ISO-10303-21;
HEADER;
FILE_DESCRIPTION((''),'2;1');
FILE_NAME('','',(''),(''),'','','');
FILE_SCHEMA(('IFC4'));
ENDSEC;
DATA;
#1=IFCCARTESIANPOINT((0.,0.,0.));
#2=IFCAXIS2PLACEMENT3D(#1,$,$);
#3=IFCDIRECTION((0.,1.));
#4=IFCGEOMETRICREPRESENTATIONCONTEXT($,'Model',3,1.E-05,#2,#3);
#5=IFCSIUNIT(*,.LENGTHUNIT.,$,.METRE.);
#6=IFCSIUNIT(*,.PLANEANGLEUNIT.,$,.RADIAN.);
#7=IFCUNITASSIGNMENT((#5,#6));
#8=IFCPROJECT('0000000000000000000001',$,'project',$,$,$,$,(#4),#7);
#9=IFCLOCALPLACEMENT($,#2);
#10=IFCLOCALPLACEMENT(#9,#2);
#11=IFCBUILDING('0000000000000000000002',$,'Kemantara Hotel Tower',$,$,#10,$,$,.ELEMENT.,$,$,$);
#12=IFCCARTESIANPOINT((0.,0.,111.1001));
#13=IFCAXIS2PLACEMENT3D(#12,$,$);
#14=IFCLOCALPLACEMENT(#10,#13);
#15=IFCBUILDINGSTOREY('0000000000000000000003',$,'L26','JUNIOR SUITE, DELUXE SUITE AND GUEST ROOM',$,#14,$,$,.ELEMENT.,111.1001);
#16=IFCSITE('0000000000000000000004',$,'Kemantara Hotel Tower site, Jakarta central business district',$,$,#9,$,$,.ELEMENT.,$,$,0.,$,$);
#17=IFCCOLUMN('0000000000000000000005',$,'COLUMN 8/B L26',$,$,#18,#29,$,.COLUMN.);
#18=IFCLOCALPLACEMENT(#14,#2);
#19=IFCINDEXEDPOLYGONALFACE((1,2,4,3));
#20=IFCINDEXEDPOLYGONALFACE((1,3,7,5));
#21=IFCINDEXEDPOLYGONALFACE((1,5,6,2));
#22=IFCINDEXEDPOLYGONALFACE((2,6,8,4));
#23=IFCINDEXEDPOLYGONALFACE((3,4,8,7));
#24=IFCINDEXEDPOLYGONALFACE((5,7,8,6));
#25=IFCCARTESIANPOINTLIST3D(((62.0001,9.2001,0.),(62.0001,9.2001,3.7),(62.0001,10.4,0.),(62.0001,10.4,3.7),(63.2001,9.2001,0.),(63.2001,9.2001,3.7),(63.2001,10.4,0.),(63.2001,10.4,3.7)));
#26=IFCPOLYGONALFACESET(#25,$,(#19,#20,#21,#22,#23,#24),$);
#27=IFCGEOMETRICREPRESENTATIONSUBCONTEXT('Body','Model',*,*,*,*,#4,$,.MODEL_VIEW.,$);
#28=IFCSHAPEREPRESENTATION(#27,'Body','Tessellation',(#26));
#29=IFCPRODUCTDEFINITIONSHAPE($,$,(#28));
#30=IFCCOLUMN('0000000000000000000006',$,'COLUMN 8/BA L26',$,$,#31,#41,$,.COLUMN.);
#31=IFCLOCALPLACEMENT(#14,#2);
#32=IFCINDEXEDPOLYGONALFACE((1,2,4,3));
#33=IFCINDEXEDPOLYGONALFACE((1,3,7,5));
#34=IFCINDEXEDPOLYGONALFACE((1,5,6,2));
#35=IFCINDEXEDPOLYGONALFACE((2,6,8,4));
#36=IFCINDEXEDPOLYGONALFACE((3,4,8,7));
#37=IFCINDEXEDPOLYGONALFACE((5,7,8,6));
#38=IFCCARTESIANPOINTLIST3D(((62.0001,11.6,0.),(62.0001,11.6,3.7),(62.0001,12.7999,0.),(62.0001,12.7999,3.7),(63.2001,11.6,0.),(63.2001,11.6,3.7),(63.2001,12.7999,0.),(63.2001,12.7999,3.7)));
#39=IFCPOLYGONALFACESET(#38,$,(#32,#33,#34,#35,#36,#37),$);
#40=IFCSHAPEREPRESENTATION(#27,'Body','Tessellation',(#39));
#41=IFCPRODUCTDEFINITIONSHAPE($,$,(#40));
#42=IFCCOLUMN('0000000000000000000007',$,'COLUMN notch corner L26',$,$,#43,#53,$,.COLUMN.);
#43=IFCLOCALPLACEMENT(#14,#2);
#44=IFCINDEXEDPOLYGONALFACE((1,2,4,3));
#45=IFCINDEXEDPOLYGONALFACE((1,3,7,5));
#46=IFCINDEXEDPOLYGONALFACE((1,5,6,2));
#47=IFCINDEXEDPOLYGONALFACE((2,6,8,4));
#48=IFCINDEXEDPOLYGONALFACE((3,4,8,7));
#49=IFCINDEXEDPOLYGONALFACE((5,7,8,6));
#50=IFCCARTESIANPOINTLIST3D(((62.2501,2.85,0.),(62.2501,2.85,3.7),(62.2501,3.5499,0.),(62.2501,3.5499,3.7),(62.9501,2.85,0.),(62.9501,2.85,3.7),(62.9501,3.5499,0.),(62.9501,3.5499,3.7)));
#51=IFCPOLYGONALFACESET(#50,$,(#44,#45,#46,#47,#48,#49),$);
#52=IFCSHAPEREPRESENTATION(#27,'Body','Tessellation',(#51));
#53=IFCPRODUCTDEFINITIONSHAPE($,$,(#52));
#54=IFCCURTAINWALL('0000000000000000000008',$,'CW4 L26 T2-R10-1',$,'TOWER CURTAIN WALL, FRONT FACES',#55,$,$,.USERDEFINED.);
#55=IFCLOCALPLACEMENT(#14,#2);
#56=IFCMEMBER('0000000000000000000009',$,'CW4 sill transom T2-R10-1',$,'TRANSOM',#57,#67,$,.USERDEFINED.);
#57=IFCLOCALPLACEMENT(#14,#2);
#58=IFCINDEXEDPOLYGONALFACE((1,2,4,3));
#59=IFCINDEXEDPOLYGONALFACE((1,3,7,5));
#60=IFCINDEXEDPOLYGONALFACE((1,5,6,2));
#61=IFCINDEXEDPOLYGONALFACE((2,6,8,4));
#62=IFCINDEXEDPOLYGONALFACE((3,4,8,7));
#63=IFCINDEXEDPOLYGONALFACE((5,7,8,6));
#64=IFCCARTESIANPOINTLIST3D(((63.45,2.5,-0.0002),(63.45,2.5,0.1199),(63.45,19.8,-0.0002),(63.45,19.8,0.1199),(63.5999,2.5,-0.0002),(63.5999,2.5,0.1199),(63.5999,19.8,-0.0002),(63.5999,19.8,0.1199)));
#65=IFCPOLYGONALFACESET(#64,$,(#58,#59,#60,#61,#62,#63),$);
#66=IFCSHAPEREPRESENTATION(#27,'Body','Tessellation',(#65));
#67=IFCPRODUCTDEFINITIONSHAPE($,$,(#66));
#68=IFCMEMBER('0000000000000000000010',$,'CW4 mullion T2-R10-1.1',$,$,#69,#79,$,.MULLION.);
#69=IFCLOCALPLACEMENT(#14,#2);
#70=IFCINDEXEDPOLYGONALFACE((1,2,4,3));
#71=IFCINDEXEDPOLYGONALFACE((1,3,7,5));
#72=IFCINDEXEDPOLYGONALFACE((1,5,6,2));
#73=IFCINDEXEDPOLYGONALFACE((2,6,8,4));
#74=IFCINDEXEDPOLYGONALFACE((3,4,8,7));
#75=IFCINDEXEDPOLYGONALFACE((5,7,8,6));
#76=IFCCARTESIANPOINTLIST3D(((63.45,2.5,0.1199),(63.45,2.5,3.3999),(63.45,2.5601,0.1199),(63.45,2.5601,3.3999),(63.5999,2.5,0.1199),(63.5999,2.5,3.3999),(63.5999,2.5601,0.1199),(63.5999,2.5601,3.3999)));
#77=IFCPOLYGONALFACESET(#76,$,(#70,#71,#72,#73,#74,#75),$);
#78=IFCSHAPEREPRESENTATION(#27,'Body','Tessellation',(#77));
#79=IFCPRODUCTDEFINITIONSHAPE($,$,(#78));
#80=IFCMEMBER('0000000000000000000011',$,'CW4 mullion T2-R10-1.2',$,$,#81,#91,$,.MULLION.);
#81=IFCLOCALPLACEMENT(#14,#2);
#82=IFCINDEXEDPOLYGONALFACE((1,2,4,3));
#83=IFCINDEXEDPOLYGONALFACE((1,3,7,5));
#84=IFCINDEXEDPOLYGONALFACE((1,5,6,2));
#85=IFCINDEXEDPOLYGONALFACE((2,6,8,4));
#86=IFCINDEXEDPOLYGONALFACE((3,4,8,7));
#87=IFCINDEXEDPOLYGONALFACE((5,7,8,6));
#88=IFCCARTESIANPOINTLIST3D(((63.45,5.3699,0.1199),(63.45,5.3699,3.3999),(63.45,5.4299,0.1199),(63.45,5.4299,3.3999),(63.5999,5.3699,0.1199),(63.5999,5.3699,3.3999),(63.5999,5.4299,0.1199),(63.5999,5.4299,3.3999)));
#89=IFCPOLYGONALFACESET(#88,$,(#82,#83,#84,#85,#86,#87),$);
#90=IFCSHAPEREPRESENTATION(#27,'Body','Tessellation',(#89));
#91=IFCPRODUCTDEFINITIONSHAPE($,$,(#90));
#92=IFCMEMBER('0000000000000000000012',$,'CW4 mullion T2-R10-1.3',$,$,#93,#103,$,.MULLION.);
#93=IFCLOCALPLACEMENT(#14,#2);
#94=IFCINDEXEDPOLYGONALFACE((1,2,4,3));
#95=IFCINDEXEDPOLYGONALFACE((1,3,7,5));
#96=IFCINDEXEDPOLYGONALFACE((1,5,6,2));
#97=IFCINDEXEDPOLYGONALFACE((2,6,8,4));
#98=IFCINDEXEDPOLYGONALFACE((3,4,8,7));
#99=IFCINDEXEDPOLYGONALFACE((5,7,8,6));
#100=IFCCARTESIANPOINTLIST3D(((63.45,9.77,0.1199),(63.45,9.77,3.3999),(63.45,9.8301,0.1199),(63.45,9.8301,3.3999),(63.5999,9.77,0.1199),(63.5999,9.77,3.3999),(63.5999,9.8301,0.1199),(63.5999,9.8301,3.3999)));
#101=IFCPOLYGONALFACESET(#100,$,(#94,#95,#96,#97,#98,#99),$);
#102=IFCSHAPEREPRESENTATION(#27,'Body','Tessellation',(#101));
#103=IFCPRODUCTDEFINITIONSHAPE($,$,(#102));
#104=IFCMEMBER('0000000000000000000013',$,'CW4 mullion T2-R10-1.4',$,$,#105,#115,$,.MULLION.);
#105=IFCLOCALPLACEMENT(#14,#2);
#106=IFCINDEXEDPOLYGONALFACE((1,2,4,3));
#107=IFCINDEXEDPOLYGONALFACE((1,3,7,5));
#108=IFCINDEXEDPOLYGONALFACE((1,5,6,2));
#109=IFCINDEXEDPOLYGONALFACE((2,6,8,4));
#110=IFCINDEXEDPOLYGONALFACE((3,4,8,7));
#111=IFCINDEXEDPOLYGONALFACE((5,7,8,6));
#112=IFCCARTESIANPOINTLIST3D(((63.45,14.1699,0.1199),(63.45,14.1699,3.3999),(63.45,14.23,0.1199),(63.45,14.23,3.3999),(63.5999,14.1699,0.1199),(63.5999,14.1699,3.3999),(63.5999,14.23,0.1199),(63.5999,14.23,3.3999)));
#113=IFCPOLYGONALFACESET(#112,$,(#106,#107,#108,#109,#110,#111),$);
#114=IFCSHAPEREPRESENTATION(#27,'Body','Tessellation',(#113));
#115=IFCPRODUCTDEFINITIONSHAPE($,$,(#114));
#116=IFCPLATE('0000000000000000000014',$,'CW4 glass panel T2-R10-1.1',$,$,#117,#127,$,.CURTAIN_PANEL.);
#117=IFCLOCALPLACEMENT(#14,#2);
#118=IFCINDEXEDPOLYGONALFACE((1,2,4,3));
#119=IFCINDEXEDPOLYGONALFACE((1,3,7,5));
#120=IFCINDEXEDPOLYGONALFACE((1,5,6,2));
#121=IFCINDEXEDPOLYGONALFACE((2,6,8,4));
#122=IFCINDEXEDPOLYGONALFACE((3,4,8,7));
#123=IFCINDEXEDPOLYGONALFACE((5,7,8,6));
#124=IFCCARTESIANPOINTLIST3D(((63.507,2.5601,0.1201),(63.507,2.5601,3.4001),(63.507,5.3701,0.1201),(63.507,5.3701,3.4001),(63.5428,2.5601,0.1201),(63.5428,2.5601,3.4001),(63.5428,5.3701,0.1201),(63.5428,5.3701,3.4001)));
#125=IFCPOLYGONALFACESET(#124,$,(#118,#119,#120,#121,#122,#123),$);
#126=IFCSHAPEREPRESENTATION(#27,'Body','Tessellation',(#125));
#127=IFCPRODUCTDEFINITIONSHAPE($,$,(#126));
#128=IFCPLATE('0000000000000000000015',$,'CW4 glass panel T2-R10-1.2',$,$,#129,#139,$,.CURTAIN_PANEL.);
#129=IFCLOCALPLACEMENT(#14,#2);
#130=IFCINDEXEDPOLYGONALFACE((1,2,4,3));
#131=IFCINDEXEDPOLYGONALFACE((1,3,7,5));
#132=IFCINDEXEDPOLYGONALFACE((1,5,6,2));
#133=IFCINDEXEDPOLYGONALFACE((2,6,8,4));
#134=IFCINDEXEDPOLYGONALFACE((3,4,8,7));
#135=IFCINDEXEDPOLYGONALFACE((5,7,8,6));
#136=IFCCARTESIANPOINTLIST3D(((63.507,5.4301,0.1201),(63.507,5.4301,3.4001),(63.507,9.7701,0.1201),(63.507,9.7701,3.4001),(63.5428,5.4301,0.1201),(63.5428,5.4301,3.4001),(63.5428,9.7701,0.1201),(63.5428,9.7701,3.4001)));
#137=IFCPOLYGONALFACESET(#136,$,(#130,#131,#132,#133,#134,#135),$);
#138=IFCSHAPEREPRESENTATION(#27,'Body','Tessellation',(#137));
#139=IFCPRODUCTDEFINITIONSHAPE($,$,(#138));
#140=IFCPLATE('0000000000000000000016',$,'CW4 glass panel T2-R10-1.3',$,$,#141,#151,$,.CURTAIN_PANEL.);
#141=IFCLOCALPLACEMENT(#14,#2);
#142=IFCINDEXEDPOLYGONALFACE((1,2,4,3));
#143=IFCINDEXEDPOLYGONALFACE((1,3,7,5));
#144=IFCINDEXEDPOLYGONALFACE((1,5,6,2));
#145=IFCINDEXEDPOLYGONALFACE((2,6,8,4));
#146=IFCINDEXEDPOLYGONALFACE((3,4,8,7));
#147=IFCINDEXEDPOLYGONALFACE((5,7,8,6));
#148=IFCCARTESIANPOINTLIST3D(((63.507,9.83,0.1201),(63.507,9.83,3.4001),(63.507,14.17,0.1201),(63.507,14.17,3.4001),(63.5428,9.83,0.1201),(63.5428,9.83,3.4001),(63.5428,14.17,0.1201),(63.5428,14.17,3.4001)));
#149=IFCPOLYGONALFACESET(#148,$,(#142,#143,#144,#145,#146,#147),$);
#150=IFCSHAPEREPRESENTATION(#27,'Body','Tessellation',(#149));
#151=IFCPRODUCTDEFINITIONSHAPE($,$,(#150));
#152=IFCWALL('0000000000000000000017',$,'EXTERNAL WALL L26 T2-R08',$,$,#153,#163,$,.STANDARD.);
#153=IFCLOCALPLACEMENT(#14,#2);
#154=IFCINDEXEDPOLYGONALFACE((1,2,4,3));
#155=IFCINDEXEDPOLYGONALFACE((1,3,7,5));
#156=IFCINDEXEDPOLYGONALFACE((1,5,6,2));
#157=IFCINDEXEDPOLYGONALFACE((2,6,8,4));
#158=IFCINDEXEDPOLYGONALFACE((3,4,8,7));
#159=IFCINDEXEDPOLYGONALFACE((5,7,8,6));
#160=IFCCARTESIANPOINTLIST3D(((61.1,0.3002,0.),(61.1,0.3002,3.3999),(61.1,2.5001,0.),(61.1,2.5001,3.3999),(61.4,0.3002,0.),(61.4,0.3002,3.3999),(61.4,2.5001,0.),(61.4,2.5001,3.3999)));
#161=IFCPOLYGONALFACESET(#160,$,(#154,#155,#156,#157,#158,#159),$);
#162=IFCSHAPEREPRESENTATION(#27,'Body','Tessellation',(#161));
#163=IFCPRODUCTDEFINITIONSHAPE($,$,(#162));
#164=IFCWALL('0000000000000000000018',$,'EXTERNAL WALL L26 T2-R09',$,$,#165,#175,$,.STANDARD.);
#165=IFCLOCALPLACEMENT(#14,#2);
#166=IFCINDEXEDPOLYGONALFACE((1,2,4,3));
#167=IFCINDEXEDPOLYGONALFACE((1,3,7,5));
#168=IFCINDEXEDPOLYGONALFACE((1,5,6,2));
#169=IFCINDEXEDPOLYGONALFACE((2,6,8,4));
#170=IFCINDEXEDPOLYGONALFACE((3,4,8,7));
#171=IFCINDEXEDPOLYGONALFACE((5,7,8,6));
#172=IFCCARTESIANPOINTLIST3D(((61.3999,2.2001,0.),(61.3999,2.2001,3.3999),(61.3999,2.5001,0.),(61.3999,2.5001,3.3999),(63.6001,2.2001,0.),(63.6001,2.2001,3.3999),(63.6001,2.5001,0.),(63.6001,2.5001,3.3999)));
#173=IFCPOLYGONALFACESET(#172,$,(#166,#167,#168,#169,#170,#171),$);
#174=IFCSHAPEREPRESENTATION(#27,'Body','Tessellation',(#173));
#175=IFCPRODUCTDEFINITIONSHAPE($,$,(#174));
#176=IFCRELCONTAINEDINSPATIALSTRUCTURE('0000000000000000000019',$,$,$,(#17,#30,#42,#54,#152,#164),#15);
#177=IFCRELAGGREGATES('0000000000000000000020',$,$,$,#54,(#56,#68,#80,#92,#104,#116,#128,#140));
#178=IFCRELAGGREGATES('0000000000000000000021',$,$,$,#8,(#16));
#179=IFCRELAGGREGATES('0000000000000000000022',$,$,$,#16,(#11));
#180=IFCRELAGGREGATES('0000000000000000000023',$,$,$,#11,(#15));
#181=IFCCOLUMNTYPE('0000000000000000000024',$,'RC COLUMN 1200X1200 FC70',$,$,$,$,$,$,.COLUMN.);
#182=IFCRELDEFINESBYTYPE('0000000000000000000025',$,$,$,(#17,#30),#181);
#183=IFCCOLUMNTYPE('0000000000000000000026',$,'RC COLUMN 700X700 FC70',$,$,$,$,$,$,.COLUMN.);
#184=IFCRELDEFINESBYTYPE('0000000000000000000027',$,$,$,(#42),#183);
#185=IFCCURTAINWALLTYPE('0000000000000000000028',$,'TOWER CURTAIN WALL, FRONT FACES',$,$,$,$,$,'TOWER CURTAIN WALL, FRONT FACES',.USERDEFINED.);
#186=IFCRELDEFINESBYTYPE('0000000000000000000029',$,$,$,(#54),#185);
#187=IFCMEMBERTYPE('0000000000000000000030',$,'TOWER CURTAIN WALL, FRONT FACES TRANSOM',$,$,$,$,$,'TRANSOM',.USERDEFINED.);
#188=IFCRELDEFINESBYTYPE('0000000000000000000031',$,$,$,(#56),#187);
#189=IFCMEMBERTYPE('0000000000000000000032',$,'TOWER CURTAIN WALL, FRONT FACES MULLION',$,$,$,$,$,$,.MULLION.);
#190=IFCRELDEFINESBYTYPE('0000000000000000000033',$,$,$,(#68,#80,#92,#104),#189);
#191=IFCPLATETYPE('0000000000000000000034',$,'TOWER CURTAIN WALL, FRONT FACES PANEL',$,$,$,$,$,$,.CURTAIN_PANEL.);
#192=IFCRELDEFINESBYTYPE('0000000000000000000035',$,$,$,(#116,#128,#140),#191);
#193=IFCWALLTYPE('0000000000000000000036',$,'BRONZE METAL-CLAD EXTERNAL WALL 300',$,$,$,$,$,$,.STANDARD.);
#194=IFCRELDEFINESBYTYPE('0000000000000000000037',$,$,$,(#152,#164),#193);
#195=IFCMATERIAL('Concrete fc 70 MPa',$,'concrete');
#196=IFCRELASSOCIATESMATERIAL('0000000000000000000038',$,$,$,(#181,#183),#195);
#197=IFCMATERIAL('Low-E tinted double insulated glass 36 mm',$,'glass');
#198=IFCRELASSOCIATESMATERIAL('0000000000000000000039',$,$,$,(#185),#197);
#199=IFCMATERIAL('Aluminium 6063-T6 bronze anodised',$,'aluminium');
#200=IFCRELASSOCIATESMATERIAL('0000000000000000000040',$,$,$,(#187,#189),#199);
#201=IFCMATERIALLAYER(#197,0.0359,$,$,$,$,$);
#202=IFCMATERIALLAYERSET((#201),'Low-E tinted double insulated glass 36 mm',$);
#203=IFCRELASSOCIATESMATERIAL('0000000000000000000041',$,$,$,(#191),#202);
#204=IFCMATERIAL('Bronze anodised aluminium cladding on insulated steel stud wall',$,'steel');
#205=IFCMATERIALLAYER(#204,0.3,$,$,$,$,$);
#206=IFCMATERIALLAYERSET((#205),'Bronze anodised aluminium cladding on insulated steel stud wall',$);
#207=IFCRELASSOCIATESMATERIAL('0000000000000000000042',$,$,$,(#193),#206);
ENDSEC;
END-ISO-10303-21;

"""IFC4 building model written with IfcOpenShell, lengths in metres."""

from ifc_helpers import new_model, si_unit, direction, frame, frame_2d, origin, origin_2d, place, context, subcontext, project, spatial, rectangle, extrude, source, transform, mapped, material, layer, layer_set, material_profile, profile_set, type_object, element, aggregate, save


model = new_model("IFC4")

# Units and contexts
model_context = context("Model", 3, precision=1e-05, world=origin(), true_north=direction((0.0, 1.0)))
body_context = subcontext(model_context, "Body", "Model", "MODEL_VIEW")
ifc_project = project(units=[si_unit("LENGTHUNIT", "METRE"), si_unit("PLANEANGLEUNIT", "RADIAN")], contexts=[model_context])

# Site, building, storey
site_placement = place(None, origin())
site = spatial("IfcSite", under=ifc_project, at=site_placement, Name="Kemantara Hotel Tower site, Jakarta central business district", CompositionType="ELEMENT", RefElevation=0.0)
building_placement = place(site_placement, origin())
building = spatial("IfcBuilding", under=site, at=building_placement, Name="Kemantara Hotel Tower", CompositionType="ELEMENT")
storey_placement = place(building_placement, frame((0.0, 0.0, 111.1001)))
storey = spatial("IfcBuildingStorey", under=building, at=storey_placement, Name="L26", Description="JUNIOR SUITE, DELUXE SUITE AND GUEST ROOM", CompositionType="ELEMENT", Elevation=111.1001)

# Columns
ifc_material_1 = material(Name="Concrete fc 70 MPa", Category="concrete")
ifc_material_profile_1 = material_profile(ifc_material_1, rectangle(XDim=1.2, YDim=1.2, at=origin_2d()), Name="RC 1200X1200")
ifc_profile_set_1 = profile_set([ifc_material_profile_1], Name="Concrete fc 70 MPa")
column_type_1 = type_object("IfcColumnType", Name="RC COLUMN 1200X1200 FC70", PredefinedType="COLUMN", material=ifc_profile_set_1)
for number, where, z_axis, x_axis, name in (
    (1, (62.6001, 9.8, 0.0), (0.0, 0.0, 1.0), (1.0, 0.0, 0.0), "COLUMN 8/B L26"),
    (2, (62.6001, 12.2, 0.0), (0.0, 0.0, 1.0), (1.0, 0.0, 0.0), "COLUMN 8/BA L26"),
):
    element("IfcColumn", number, at=place(storey_placement, frame(where, z_axis=z_axis, x_axis=x_axis)), inside=storey, type_object=column_type_1, Name=name, PredefinedType="COLUMN", context=body_context, shape_type="SweptSolid", body=[
        extrude(rectangle(XDim=1.2, YDim=1.2, at=origin_2d()), origin(), (0.0, 0.0, 1.0), 3.7),
    ])
ifc_material_profile_2 = material_profile(ifc_material_1, rectangle(XDim=0.7, YDim=0.7, at=origin_2d()), Name="RC 700X700")
ifc_profile_set_2 = profile_set([ifc_material_profile_2], Name="Concrete fc 70 MPa")
column_type_2 = type_object("IfcColumnType", Name="RC COLUMN 700X700 FC70", PredefinedType="COLUMN", material=ifc_profile_set_2)
column_placement = place(storey_placement, frame((62.6001, 3.2, 0.0), z_axis=(0.0, 0.0, 1.0), x_axis=(1.0, 0.0, 0.0)))
element("IfcColumn", 3, at=column_placement, inside=storey, type_object=column_type_2, Name="COLUMN notch corner L26", PredefinedType="COLUMN", context=body_context, shape_type="SweptSolid", body=[
    extrude(rectangle(XDim=0.7, YDim=0.7, at=origin_2d()), origin(), (0.0, 0.0, 1.0), 3.7),
])

# Curtain wall, members, plates
ifc_material_2 = material(Name="Low-E tinted double insulated glass 36 mm", Category="glass")
curtain_wall_type = type_object("IfcCurtainWallType", Name="TOWER CURTAIN WALL, FRONT FACES", ElementType="TOWER CURTAIN WALL, FRONT FACES", PredefinedType="USERDEFINED", material=ifc_material_2)
curtain_wall_placement = place(storey_placement, origin())
curtain_wall = element("IfcCurtainWall", 4, at=curtain_wall_placement, inside=storey, type_object=curtain_wall_type, Name="CW4 L26 T2-R10-1", ObjectType="TOWER CURTAIN WALL, FRONT FACES", PredefinedType="USERDEFINED")
ifc_material_3 = material(Name="Aluminium 6063-T6 bronze anodised", Category="aluminium")
ifc_material_profile_3 = material_profile(ifc_material_3, rectangle(XDim=0.1499, YDim=0.1201, at=origin_2d()), Name="TOWER CURTAIN WALL, FRONT FACES TRANSOM")
ifc_profile_set_3 = profile_set([ifc_material_profile_3], Name="Aluminium 6063-T6 bronze anodised")
member_type_1 = type_object("IfcMemberType", Name="TOWER CURTAIN WALL, FRONT FACES TRANSOM", ElementType="TRANSOM", PredefinedType="USERDEFINED", material=ifc_profile_set_3)
member_1_placement = place(storey_placement, frame((63.5249, 2.5, 0.0598), z_axis=(0.0, 1.0, 0.0), x_axis=(-1.0, 0.0, 0.0)))
member_1 = element("IfcMember", 5, at=member_1_placement, type_object=member_type_1, Name="CW4 sill transom T2-R10-1", ObjectType="TRANSOM", PredefinedType="USERDEFINED", context=body_context, shape_type="SweptSolid", body=[
    extrude(rectangle(XDim=0.1499, YDim=0.1201, at=origin_2d()), origin(), (0.0, 0.0, 1.0), 17.3),
])
ifc_material_profile_4 = material_profile(ifc_material_3, rectangle(XDim=0.1499, YDim=0.0601, at=origin_2d()), Name="TOWER CURTAIN WALL, FRONT FACES MULLION")
ifc_profile_set_4 = profile_set([ifc_material_profile_4], Name="Aluminium 6063-T6 bronze anodised")
member_type_2 = type_object("IfcMemberType", Name="TOWER CURTAIN WALL, FRONT FACES MULLION", PredefinedType="MULLION", material=ifc_profile_set_4)
shared_shape_1 = source(origin(), body_context, "Body", "SweptSolid", [
    extrude(rectangle(XDim=0.1499, YDim=0.0601, at=origin_2d()), origin(), (0.0, 0.0, 1.0), 3.28),
])
member_2_placement = place(storey_placement, frame((63.5249, 2.53, 0.1199), z_axis=(0.0, 0.0, 1.0), x_axis=(-1.0, 0.0, 0.0)))
member_2 = element("IfcMember", 6, at=member_2_placement, type_object=member_type_2, Name="CW4 mullion T2-R10-1.1", PredefinedType="MULLION", context=body_context, shape_type="MappedRepresentation", body=[
    mapped(shared_shape_1, transform((0.0, 0.0, 0.0))),
])
member_3_placement = place(storey_placement, frame((63.5249, 5.3999, 0.1199), z_axis=(0.0, 0.0, 1.0), x_axis=(-1.0, 0.0, 0.0)))
member_3 = element("IfcMember", 7, at=member_3_placement, type_object=member_type_2, Name="CW4 mullion T2-R10-1.2", PredefinedType="MULLION", context=body_context, shape_type="MappedRepresentation", body=[
    mapped(shared_shape_1, transform((0.0, 0.0, 0.0))),
])
member_4_placement = place(storey_placement, frame((63.5249, 9.8, 0.1199), z_axis=(0.0, 0.0, 1.0), x_axis=(-1.0, 0.0, 0.0)))
member_4 = element("IfcMember", 8, at=member_4_placement, type_object=member_type_2, Name="CW4 mullion T2-R10-1.3", PredefinedType="MULLION", context=body_context, shape_type="MappedRepresentation", body=[
    mapped(shared_shape_1, transform((0.0, 0.0, 0.0))),
])
member_5_placement = place(storey_placement, frame((63.5249, 14.2, 0.1199), z_axis=(0.0, 0.0, 1.0), x_axis=(-1.0, 0.0, 0.0)))
member_5 = element("IfcMember", 9, at=member_5_placement, type_object=member_type_2, Name="CW4 mullion T2-R10-1.4", PredefinedType="MULLION", context=body_context, shape_type="MappedRepresentation", body=[
    mapped(shared_shape_1, transform((0.0, 0.0, 0.0))),
])
ifc_layer_1 = layer(ifc_material_2, 0.0359)
ifc_layer_set_1 = layer_set([ifc_layer_1], Name="Low-E tinted double insulated glass 36 mm")
plate_type = type_object("IfcPlateType", Name="TOWER CURTAIN WALL, FRONT FACES PANEL", PredefinedType="CURTAIN_PANEL", material=ifc_layer_set_1)
shared_shape_2 = source(origin(), body_context, "Body", "SweptSolid", [
    extrude(rectangle(XDim=2.8101, YDim=0.0359, at=origin_2d()), origin(), (0.0, 0.0, 1.0), 3.28),
])
plate_1_placement = place(storey_placement, frame((63.5249, 3.9651, 0.1201), z_axis=(0.0, 0.0, 1.0), x_axis=(0.0, 1.0, 0.0)))
plate_1 = element("IfcPlate", 10, at=plate_1_placement, type_object=plate_type, Name="CW4 glass panel T2-R10-1.1", PredefinedType="CURTAIN_PANEL", context=body_context, shape_type="MappedRepresentation", body=[
    mapped(shared_shape_2, transform((0.0, 0.0, 0.0))),
])
shared_shape_3 = source(origin(), body_context, "Body", "SweptSolid", [
    extrude(rectangle(XDim=4.3401, YDim=0.0359, at=origin_2d()), origin(), (0.0, 0.0, 1.0), 3.28),
])
plate_2_placement = place(storey_placement, frame((63.5249, 7.6001, 0.1201), z_axis=(0.0, 0.0, 1.0), x_axis=(0.0, 1.0, 0.0)))
plate_2 = element("IfcPlate", 11, at=plate_2_placement, type_object=plate_type, Name="CW4 glass panel T2-R10-1.2", PredefinedType="CURTAIN_PANEL", context=body_context, shape_type="MappedRepresentation", body=[
    mapped(shared_shape_3, transform((0.0, 0.0, 0.0))),
])
plate_3_placement = place(storey_placement, frame((63.5249, 12.0, 0.1201), z_axis=(0.0, 0.0, 1.0), x_axis=(0.0, 1.0, 0.0)))
plate_3 = element("IfcPlate", 12, at=plate_3_placement, type_object=plate_type, Name="CW4 glass panel T2-R10-1.3", PredefinedType="CURTAIN_PANEL", context=body_context, shape_type="MappedRepresentation", body=[
    mapped(shared_shape_3, transform((0.0, 0.0, 0.0))),
])
aggregate(curtain_wall, [member_1, member_2, member_3, member_4, member_5, plate_1, plate_2, plate_3])

# Walls
ifc_material_4 = material(Name="Bronze anodised aluminium cladding on insulated steel stud wall", Category="steel")
ifc_layer_2 = layer(ifc_material_4, 0.3)
ifc_layer_set_2 = layer_set([ifc_layer_2], Name="Bronze anodised aluminium cladding on insulated steel stud wall")
wall_type_1 = type_object("IfcWallType", Name="BRONZE METAL-CLAD EXTERNAL WALL 300", PredefinedType="STANDARD", material=ifc_layer_set_2)
wall_1_placement = place(storey_placement, frame((61.25, 0.3, 0.0), z_axis=(0.0, 0.0, 1.0), x_axis=(0.0, 1.0, 0.0)))
element("IfcWall", 13, at=wall_1_placement, inside=storey, type_object=wall_type_1, Name="EXTERNAL WALL L26 T2-R08", PredefinedType="STANDARD", context=body_context, shape_type="SweptSolid", body=[
    extrude(rectangle(XDim=2.2, YDim=0.3, at=frame_2d((1.1001, 0.0))), origin(), (0.0, 0.0, 1.0), 3.3999),
])
wall_2_placement = place(storey_placement, frame((61.3999, 2.3501, 0.0), z_axis=(0.0, 0.0, 1.0), x_axis=(1.0, 0.0, 0.0)))
element("IfcWall", 14, at=wall_2_placement, inside=storey, type_object=wall_type_1, Name="EXTERNAL WALL L26 T2-R09", PredefinedType="STANDARD", context=body_context, shape_type="SweptSolid", body=[
    extrude(rectangle(XDim=2.2002, YDim=0.3, at=frame_2d((1.1001, 0.0))), origin(), (0.0, 0.0, 1.0), 3.3999),
])

save(model, "model.ifc")
